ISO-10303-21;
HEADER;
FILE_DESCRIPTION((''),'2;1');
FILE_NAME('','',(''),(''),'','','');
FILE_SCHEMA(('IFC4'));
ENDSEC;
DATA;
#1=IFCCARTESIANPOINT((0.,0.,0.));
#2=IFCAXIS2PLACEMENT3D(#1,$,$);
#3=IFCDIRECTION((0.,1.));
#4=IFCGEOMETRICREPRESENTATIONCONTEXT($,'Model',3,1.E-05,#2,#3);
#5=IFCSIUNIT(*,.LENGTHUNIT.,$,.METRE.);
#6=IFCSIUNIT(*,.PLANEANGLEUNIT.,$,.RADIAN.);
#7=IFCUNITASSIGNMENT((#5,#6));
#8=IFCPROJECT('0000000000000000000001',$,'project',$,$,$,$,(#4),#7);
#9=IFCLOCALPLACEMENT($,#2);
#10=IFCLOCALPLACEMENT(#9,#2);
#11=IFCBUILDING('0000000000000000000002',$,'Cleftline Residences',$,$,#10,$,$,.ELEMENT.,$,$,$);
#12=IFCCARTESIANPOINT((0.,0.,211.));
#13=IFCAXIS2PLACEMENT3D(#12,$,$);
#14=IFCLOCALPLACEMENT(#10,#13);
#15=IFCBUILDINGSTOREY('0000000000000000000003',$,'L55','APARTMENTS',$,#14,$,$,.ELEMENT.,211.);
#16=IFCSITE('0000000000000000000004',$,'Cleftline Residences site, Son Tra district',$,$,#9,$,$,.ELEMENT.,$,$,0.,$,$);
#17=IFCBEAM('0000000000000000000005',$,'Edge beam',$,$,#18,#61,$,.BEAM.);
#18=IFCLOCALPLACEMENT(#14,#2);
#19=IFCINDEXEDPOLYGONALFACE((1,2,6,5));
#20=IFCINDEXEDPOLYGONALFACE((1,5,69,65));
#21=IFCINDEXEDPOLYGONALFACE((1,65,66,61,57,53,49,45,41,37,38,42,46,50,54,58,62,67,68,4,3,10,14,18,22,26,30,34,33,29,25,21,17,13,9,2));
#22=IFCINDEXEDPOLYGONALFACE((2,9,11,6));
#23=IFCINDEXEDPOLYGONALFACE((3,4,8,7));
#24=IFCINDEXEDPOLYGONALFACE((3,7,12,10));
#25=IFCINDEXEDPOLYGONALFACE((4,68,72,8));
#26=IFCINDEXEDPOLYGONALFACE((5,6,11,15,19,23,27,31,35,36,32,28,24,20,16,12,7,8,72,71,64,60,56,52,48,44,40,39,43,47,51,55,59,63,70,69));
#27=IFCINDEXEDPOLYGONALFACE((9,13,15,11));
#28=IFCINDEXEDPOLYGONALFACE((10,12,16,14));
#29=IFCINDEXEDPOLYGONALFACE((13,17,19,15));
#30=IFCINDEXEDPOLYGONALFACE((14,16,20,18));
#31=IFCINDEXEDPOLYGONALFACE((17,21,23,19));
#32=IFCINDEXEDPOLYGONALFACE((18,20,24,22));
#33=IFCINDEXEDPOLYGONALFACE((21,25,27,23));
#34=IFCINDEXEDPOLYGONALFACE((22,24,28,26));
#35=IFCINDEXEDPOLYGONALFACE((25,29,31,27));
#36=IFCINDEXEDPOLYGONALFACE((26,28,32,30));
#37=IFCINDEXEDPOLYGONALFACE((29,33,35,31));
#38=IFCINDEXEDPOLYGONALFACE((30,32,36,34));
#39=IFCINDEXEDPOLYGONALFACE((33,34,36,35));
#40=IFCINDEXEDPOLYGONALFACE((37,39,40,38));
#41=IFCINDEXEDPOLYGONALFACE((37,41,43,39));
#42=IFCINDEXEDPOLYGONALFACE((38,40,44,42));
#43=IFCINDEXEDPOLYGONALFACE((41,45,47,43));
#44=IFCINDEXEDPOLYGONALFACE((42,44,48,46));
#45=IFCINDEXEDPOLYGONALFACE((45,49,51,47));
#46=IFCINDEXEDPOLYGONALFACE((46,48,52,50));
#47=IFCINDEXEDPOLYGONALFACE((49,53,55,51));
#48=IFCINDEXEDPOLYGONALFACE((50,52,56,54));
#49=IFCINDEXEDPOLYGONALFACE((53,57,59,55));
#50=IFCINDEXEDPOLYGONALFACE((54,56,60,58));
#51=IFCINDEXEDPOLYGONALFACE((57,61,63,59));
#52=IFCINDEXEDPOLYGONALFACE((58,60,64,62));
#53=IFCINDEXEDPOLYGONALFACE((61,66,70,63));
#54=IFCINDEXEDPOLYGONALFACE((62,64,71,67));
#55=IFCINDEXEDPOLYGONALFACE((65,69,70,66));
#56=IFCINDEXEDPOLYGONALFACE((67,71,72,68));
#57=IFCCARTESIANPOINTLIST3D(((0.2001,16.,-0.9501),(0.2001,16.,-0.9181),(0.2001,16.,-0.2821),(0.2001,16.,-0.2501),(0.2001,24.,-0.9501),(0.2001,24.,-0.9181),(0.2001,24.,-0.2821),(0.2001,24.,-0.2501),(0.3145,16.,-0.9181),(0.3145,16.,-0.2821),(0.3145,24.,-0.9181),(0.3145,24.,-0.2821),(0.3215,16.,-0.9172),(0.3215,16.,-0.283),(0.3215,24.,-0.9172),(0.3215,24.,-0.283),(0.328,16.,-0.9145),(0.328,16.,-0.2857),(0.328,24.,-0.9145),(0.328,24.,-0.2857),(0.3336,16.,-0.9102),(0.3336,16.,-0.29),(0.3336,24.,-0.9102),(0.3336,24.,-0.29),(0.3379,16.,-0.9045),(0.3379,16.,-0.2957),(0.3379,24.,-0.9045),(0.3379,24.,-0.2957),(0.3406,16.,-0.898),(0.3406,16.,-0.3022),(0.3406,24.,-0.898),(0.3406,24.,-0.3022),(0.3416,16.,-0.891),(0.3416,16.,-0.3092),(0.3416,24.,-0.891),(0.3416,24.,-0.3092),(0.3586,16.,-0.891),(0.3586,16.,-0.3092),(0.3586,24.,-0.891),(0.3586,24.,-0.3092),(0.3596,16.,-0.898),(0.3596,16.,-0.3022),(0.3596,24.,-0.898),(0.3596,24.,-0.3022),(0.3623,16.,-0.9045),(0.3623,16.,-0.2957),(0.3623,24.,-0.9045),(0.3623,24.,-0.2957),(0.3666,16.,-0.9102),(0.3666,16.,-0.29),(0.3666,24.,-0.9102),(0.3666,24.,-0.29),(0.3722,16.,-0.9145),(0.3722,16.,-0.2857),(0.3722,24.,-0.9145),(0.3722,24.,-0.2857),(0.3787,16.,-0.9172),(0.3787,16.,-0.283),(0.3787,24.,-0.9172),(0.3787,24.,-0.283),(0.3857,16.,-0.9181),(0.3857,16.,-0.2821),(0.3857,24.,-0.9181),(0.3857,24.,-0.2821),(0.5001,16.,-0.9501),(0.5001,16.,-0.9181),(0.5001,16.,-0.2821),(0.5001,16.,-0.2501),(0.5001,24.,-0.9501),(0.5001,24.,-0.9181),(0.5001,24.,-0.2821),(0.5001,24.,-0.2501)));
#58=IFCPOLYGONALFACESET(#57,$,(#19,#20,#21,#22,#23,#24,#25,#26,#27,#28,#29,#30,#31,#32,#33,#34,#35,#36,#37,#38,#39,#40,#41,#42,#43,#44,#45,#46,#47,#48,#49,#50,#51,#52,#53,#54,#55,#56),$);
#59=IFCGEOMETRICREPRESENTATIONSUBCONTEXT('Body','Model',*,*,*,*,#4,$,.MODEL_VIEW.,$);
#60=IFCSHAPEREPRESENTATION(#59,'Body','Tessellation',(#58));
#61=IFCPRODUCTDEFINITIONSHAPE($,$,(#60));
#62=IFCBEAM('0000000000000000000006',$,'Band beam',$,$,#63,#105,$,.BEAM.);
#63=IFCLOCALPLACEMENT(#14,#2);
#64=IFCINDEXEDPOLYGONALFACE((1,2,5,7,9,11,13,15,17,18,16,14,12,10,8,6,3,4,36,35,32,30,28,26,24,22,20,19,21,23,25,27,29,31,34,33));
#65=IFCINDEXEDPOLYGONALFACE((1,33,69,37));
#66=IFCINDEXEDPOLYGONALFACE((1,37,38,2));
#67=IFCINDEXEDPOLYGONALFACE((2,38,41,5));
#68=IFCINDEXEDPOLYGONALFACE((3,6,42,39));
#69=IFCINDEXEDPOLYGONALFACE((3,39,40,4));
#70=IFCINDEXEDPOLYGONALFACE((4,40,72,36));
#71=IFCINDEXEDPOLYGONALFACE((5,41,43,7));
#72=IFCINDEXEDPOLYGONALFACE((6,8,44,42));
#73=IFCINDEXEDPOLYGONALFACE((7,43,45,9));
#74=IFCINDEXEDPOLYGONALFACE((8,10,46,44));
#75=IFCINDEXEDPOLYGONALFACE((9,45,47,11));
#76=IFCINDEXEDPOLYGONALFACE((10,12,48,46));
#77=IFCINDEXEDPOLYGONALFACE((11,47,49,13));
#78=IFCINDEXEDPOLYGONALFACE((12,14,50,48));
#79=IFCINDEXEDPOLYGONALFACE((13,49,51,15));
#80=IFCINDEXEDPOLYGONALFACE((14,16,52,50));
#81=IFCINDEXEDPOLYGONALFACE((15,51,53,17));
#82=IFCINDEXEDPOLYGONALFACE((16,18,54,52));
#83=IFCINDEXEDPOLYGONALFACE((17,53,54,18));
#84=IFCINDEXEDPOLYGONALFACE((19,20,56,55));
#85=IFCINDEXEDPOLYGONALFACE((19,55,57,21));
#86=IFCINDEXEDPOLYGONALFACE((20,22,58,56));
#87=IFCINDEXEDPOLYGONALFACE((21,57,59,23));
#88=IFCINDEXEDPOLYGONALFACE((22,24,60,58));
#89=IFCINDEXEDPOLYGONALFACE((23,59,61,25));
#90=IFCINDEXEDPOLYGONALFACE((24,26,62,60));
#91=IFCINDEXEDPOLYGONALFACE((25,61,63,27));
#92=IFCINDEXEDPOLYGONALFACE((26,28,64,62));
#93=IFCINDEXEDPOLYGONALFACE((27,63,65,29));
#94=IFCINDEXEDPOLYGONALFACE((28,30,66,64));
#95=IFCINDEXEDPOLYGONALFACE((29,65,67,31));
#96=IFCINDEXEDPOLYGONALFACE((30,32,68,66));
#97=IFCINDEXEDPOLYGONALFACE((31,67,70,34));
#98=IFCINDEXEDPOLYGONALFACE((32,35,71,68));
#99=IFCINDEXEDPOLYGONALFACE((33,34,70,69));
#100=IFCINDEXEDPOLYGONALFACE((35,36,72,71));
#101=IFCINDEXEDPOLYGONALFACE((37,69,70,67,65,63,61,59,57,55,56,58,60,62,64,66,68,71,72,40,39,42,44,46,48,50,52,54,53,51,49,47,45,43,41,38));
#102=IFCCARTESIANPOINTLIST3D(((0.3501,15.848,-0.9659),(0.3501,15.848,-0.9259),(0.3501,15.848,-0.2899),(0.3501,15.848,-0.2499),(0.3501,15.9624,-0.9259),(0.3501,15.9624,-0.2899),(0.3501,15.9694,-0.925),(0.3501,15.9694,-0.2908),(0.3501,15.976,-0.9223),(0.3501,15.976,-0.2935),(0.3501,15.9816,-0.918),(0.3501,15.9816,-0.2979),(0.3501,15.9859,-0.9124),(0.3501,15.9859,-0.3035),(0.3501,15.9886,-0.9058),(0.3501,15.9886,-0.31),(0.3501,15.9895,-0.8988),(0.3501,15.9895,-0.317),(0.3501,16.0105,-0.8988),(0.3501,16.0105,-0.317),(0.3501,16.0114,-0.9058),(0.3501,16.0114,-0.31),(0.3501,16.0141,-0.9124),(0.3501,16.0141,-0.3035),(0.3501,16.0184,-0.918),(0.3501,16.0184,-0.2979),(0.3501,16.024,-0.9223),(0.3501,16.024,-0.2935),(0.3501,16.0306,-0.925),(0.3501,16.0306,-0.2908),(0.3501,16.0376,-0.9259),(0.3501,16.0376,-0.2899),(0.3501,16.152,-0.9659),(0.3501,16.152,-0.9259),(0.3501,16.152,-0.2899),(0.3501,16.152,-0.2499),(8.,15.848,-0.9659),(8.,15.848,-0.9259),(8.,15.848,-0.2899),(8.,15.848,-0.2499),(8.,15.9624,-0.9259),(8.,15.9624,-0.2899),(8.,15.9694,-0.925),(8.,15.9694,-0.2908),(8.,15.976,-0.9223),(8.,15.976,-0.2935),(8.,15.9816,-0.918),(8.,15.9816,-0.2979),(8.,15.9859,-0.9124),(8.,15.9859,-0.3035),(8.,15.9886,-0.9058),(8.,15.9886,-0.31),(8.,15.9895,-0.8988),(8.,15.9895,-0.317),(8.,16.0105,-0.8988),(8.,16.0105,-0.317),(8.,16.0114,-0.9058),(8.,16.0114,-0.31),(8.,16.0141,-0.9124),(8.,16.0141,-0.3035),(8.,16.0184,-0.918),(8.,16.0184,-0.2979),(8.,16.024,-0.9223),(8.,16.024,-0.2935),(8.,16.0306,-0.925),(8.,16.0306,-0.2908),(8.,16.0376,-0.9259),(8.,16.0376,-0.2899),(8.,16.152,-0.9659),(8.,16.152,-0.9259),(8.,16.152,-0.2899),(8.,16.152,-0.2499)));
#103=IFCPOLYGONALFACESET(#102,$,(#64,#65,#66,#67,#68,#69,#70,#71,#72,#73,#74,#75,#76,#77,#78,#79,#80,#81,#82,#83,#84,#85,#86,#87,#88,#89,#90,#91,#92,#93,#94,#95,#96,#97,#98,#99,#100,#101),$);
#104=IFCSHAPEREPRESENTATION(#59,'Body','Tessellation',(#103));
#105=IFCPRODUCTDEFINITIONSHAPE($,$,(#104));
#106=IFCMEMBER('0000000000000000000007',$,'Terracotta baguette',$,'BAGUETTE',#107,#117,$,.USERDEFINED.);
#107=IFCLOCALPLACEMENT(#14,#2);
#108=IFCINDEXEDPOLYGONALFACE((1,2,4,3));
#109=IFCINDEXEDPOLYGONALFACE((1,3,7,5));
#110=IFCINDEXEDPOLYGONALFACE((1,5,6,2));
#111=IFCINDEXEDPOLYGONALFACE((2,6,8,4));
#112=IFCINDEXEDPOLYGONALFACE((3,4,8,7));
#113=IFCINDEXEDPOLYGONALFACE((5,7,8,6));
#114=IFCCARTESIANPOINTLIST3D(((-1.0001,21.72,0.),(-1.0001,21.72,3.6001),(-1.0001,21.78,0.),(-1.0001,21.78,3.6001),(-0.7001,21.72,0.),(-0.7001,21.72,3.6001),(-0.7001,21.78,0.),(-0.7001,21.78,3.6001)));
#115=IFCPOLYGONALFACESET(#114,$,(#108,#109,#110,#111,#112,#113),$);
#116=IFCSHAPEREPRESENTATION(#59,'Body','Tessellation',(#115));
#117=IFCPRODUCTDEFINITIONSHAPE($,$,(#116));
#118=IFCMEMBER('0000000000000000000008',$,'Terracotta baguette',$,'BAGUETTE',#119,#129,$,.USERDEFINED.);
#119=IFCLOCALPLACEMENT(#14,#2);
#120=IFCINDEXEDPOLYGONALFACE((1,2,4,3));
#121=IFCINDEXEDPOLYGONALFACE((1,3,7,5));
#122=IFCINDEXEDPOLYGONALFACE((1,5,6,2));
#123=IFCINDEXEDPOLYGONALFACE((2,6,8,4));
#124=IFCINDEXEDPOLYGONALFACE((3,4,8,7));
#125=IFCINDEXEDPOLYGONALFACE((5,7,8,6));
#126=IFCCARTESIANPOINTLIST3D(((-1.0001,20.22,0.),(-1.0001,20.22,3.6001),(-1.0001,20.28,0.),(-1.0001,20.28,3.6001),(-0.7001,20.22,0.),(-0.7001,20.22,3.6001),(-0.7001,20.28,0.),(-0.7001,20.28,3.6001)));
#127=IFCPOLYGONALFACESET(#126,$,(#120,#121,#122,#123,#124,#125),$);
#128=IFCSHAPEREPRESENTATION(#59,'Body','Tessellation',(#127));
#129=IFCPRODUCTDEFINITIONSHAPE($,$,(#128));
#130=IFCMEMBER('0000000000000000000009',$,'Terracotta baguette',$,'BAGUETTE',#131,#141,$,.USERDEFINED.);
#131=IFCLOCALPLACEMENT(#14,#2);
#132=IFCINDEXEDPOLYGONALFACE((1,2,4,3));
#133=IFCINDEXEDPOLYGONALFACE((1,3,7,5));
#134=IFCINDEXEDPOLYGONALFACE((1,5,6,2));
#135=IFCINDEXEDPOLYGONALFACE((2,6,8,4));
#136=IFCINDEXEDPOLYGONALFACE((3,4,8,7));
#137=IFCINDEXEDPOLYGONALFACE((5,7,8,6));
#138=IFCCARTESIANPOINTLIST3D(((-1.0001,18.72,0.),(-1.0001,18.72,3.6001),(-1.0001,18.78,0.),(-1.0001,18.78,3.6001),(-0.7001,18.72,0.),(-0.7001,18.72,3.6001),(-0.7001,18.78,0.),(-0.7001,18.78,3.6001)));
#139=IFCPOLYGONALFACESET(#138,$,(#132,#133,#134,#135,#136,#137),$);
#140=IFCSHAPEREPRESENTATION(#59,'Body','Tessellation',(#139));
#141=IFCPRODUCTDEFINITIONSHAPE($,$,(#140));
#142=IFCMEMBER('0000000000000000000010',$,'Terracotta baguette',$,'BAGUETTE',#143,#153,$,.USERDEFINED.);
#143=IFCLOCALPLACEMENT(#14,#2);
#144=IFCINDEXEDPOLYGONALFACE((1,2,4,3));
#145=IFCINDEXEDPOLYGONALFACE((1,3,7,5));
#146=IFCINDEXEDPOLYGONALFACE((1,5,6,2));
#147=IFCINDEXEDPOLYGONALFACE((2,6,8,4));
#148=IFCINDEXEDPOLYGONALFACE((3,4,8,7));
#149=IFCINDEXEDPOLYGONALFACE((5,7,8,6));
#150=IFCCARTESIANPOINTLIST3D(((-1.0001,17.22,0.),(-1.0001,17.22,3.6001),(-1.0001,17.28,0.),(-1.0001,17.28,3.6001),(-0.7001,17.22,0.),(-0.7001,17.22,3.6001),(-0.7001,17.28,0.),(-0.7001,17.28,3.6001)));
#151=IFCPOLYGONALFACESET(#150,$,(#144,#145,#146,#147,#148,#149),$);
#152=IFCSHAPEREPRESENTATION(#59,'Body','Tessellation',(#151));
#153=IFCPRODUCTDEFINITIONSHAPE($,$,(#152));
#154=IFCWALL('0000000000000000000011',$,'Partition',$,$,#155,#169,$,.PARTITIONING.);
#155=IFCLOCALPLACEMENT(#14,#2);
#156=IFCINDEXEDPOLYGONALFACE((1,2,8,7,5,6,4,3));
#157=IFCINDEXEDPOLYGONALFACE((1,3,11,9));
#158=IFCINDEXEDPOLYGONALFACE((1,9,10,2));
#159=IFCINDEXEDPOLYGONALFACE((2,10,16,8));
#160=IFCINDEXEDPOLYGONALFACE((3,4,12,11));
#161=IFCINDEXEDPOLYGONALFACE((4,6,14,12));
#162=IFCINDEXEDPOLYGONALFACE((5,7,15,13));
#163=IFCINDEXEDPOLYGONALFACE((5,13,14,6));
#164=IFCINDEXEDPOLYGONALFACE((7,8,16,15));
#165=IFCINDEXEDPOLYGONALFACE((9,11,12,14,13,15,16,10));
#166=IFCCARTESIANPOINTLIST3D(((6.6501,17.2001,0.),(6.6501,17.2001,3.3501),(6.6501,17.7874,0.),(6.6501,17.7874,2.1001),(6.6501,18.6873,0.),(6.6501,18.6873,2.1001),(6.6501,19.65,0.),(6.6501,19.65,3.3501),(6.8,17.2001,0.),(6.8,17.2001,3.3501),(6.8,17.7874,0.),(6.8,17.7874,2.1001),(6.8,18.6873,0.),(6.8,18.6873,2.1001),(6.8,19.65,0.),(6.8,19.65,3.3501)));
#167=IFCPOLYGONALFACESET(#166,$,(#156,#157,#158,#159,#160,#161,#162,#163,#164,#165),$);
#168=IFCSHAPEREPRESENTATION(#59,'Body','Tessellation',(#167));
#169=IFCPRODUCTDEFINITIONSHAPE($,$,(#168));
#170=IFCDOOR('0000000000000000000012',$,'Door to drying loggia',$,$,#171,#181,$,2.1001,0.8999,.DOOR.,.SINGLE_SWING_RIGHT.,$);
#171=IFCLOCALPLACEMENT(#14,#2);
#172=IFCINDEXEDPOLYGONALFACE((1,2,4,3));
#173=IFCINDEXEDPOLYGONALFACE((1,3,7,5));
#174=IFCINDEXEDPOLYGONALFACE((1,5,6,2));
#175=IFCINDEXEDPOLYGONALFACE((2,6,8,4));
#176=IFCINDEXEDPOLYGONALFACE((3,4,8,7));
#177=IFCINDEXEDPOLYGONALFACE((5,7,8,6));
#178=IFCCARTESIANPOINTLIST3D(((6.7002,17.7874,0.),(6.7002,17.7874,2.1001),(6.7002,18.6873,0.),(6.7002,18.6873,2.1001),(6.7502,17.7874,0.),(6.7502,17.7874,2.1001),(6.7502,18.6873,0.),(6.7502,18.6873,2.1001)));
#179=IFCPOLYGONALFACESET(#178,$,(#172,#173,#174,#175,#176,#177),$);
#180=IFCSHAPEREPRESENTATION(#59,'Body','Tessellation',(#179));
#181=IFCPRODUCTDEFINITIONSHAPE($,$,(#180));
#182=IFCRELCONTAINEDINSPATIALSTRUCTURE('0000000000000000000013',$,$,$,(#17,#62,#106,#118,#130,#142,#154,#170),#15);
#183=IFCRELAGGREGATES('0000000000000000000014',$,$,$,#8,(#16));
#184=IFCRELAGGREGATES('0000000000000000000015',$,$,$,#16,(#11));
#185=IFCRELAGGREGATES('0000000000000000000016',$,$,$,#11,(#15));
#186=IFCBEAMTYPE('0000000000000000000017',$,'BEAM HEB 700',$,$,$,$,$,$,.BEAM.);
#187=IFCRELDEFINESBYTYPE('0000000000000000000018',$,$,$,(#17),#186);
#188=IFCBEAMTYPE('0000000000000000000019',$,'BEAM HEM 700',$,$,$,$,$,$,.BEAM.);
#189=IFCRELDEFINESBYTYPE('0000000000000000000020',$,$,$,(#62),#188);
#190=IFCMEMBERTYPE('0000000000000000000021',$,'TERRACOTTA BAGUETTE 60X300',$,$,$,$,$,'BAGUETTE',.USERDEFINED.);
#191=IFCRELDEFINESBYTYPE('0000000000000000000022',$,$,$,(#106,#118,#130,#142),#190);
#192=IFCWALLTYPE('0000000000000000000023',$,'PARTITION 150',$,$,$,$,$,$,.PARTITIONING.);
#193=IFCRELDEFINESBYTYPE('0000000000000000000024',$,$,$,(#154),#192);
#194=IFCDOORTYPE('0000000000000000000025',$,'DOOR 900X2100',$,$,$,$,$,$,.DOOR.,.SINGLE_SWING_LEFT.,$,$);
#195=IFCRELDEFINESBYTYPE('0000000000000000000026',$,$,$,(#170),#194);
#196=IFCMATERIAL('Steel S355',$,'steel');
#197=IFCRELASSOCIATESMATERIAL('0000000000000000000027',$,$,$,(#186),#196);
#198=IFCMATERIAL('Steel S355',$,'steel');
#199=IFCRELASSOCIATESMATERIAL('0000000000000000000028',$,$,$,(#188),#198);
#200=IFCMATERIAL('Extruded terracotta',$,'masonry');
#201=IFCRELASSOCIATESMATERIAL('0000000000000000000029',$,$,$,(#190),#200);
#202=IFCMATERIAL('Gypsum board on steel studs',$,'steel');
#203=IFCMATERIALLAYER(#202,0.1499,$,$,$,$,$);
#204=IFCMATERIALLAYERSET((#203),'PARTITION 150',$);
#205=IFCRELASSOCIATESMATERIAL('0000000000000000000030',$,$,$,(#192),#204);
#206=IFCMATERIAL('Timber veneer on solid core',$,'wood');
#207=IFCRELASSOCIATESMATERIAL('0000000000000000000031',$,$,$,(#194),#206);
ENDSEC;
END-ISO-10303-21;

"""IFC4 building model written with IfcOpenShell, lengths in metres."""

from ifc_helpers import new_model, si_unit, direction, frame, frame_2d, origin, origin_2d, place, context, subcontext, project, spatial, rectangle, i_section, extrude, material, layer, layer_set, material_profile, profile_set, type_object, element, fill, save


model = new_model("IFC4")

# Units and contexts
model_context = context("Model", 3, precision=1e-05, world=origin(), true_north=direction((0.0, 1.0)))
body_context = subcontext(model_context, "Body", "Model", "MODEL_VIEW")
ifc_project = project(units=[si_unit("LENGTHUNIT", "METRE"), si_unit("PLANEANGLEUNIT", "RADIAN")], contexts=[model_context])

# Site, building, storey
site_placement = place(None, origin())
site = spatial("IfcSite", under=ifc_project, at=site_placement, Name="Cleftline Residences site, Son Tra district", CompositionType="ELEMENT", RefElevation=0.0)
building_placement = place(site_placement, origin())
building = spatial("IfcBuilding", under=site, at=building_placement, Name="Cleftline Residences", CompositionType="ELEMENT")
storey_placement = place(building_placement, frame((0.0, 0.0, 211.0)))
storey = spatial("IfcBuildingStorey", under=building, at=storey_placement, Name="L55", Description="APARTMENTS", CompositionType="ELEMENT", Elevation=211.0)

# Beams
ifc_material_1 = material(Name="Steel S355", Category="steel")
ifc_material_profile_1 = material_profile(ifc_material_1, i_section(OverallWidth=0.3, OverallDepth=0.7, WebThickness=0.0171, FlangeThickness=0.032, FilletRadius=0.0271, at=origin_2d()))
ifc_profile_set_1 = profile_set([ifc_material_profile_1], Name="Steel S355")
beam_type_1 = type_object("IfcBeamType", Name="BEAM HEB 700", PredefinedType="BEAM", material=ifc_profile_set_1)
beam_1_placement = place(storey_placement, frame((0.3501, 16.0, -0.6001), z_axis=(0.0, 1.0, 0.0), x_axis=(-1.0, 0.0, 0.0)))
element("IfcBeam", 1, at=beam_1_placement, inside=storey, type_object=beam_type_1, Name="Edge beam", PredefinedType="BEAM", context=body_context, shape_type="SweptSolid", body=[
    extrude(i_section(OverallWidth=0.3, OverallDepth=0.7, WebThickness=0.0171, FlangeThickness=0.032, FilletRadius=0.0271, at=origin_2d()), origin(), (0.0, 0.0, 1.0), 8.0),
])
ifc_material_2 = material(Name="Steel S355", Category="steel")
ifc_material_profile_2 = material_profile(ifc_material_2, i_section(OverallWidth=0.304, OverallDepth=0.7161, WebThickness=0.021, FlangeThickness=0.04, FilletRadius=0.0271, at=origin_2d()))
ifc_profile_set_2 = profile_set([ifc_material_profile_2], Name="Steel S355")
beam_type_2 = type_object("IfcBeamType", Name="BEAM HEM 700", PredefinedType="BEAM", material=ifc_profile_set_2)
beam_2_placement = place(storey_placement, frame((0.3501, 16.0, -0.6079), z_axis=(1.0, 0.0, 0.0), x_axis=(0.0, 1.0, 0.0)))
element("IfcBeam", 2, at=beam_2_placement, inside=storey, type_object=beam_type_2, Name="Band beam", PredefinedType="BEAM", context=body_context, shape_type="SweptSolid", body=[
    extrude(i_section(OverallWidth=0.304, OverallDepth=0.7161, WebThickness=0.021, FlangeThickness=0.04, FilletRadius=0.0271, at=origin_2d()), origin(), (0.0, 0.0, 1.0), 7.6499),
])

# Members
ifc_material_3 = material(Name="Extruded terracotta", Category="masonry")
ifc_material_profile_3 = material_profile(ifc_material_3, rectangle(XDim=0.0601, YDim=0.3, at=origin_2d()))
ifc_profile_set_3 = profile_set([ifc_material_profile_3], Name="Extruded terracotta")
member_type_1 = type_object("IfcMemberType", Name="TERRACOTTA BAGUETTE 60X300", ElementType="BAGUETTE", PredefinedType="USERDEFINED", material=ifc_profile_set_3)
for number, where, z_axis, x_axis, name in (
    (3, (-0.8501, 21.75, 0.0), (0.0, 0.0, 1.0), (0.0, 1.0, 0.0), "Terracotta baguette"),
    (4, (-0.8501, 20.25, 0.0), (0.0, 0.0, 1.0), (0.0, 1.0, 0.0), "Terracotta baguette"),
    (5, (-0.8501, 18.75, 0.0), (0.0, 0.0, 1.0), (0.0, 1.0, 0.0), "Terracotta baguette"),
    (6, (-0.8501, 17.25, 0.0), (0.0, 0.0, 1.0), (0.0, 1.0, 0.0), "Terracotta baguette"),
):
    element("IfcMember", number, at=place(storey_placement, frame(where, z_axis=z_axis, x_axis=x_axis)), inside=storey, type_object=member_type_1, Name=name, ObjectType="BAGUETTE", PredefinedType="USERDEFINED", context=body_context, shape_type="SweptSolid", body=[
        extrude(rectangle(XDim=0.0601, YDim=0.3, at=origin_2d()), origin(), (0.0, 0.0, 1.0), 3.6001),
    ])

# Wall, opening, door
ifc_material_4 = material(Name="Gypsum board on steel studs", Category="steel")
ifc_layer_1 = layer(ifc_material_4, 0.1499)
ifc_layer_set_1 = layer_set([ifc_layer_1], Name="PARTITION 150")
wall_type_1 = type_object("IfcWallType", Name="PARTITION 150", PredefinedType="PARTITIONING", material=ifc_layer_set_1)
wall_1_placement = place(storey_placement, frame((6.7251, 17.2, 0.0), z_axis=(0.0, 0.0, 1.0), x_axis=(0.0, 1.0, 0.0)))
wall_1 = element("IfcWall", 7, at=wall_1_placement, inside=storey, type_object=wall_type_1, Name="Partition", PredefinedType="PARTITIONING", context=body_context, shape_type="SweptSolid", body=[
    extrude(rectangle(XDim=2.45, YDim=0.1499, at=frame_2d((1.2251, 0.0))), origin(), (0.0, 0.0, 1.0), 3.3501),
])
opening_1_placement = place(wall_1_placement, frame((0.5874, 0.0, 0.0)))
opening_1 = element("IfcOpeningElement", 8, at=opening_1_placement, cuts=wall_1, PredefinedType="OPENING", context=body_context, shape_type="SweptSolid", body=[
    extrude(rectangle(XDim=0.8999, YDim=2.1001, at=frame_2d((0.45, 1.05))), frame((0.0, 0.085, 0.0), z_axis=(0.0, -1.0, 0.0), x_axis=(1.0, 0.0, 0.0)), (0.0, 0.0, 1.0), 0.1699),
])
ifc_material_5 = material(Name="Timber veneer on solid core", Category="wood")
door_type_1 = type_object("IfcDoorType", Name="DOOR 900X2100", OperationType="SINGLE_SWING_LEFT", PredefinedType="DOOR", material=ifc_material_5)
door_1_placement = place(opening_1_placement, origin())
door_1 = element("IfcDoor", 9, at=door_1_placement, inside=storey, type_object=door_type_1, Name="Door to drying loggia", OperationType="SINGLE_SWING_RIGHT", OverallHeight=2.1001, OverallWidth=0.8999, PredefinedType="DOOR", context=body_context, shape_type="SweptSolid", body=[
    extrude(rectangle(XDim=0.8999, YDim=2.1001, at=frame_2d((0.45, 1.05))), frame((0.0, 0.0249, 0.0), z_axis=(0.0, -1.0, 0.0), x_axis=(1.0, 0.0, 0.0)), (0.0, 0.0, 1.0), 0.05),
])
fill(opening_1, door_1)

save(model, "model.ifc")
